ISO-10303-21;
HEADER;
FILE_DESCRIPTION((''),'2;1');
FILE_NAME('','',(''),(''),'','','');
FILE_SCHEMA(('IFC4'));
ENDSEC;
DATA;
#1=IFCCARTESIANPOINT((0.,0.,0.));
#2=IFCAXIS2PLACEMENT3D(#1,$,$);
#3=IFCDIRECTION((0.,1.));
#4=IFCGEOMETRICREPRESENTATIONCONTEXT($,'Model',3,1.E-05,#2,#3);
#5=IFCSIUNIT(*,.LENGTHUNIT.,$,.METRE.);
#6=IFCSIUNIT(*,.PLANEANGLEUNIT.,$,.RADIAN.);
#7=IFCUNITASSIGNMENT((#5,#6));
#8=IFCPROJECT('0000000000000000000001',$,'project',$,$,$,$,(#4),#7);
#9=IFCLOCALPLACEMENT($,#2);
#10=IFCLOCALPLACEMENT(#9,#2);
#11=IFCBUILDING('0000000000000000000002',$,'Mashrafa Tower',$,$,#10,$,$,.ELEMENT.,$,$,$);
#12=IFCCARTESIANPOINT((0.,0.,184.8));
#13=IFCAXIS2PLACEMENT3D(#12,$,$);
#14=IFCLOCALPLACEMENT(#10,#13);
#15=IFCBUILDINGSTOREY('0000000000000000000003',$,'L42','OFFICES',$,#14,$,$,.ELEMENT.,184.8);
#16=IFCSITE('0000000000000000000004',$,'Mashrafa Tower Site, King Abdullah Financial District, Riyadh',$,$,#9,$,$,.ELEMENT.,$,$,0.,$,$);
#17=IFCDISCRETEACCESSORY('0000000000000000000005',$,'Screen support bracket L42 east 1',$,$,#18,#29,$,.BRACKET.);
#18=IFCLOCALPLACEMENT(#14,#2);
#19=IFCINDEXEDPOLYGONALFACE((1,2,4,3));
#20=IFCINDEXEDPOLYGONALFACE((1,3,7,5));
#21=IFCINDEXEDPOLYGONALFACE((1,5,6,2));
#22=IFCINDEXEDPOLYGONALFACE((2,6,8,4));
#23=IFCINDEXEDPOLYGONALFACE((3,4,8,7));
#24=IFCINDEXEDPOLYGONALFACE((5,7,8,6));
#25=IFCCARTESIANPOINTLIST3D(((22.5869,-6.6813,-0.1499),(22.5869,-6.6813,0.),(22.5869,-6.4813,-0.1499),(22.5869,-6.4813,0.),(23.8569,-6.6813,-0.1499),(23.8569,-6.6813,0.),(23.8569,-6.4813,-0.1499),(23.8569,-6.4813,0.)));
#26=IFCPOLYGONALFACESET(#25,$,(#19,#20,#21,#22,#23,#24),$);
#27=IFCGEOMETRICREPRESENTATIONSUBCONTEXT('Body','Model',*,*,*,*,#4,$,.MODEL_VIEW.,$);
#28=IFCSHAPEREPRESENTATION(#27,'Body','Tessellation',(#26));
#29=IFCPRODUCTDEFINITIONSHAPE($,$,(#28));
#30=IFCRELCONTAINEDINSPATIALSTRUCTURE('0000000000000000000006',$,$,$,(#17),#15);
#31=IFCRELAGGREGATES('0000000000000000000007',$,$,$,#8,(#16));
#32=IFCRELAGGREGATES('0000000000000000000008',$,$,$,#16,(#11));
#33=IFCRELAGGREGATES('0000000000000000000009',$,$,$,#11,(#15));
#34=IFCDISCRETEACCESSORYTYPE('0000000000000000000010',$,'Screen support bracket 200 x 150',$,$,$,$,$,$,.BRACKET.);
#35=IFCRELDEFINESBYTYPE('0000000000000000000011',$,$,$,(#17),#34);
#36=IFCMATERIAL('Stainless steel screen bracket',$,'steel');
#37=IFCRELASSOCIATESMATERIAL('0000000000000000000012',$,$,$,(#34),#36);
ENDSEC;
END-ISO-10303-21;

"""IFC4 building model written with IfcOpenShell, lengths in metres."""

from ifc_helpers import new_model, si_unit, direction, frame, origin, origin_2d, place, context, subcontext, project, spatial, rectangle, extrude, source, transform, mapped, material, type_object, type_shapes, element, save


model = new_model("IFC4")

# Units and contexts
model_context = context("Model", 3, precision=1e-05, world=origin(), true_north=direction((0.0, 1.0)))
body_context = subcontext(model_context, "Body", "Model", "MODEL_VIEW")
ifc_project = project(units=[si_unit("LENGTHUNIT", "METRE"), si_unit("PLANEANGLEUNIT", "RADIAN")], contexts=[model_context])

# Site, building, storey
site_placement = place(None, origin())
site = spatial("IfcSite", under=ifc_project, at=site_placement, Name="Mashrafa Tower Site, King Abdullah Financial District, Riyadh", CompositionType="ELEMENT", RefElevation=0.0)
building_placement = place(site_placement, origin())
building = spatial("IfcBuilding", under=site, at=building_placement, Name="Mashrafa Tower", CompositionType="ELEMENT")
storey_placement = place(building_placement, frame((0.0, 0.0, 184.8)))
storey = spatial("IfcBuildingStorey", under=building, at=storey_placement, Name="L42", Description="OFFICES", CompositionType="ELEMENT", Elevation=184.8)

# Discrete accessory
ifc_material_1 = material(Name="Stainless steel screen bracket", Category="steel")
discrete_accessory_type = type_object("IfcDiscreteAccessoryType", Name="Screen support bracket 200 x 150", PredefinedType="BRACKET", material=ifc_material_1)
shared_shape_1 = source(origin(), body_context, "Body", "SweptSolid", [
    extrude(rectangle(XDim=0.2, YDim=1.27, at=origin_2d()), origin(), (0.0, 0.0, 1.0), 0.1499),
])
type_shapes(discrete_accessory_type, [shared_shape_1])
discrete_accessory_placement = place(storey_placement, frame((23.2219, -6.5813, -0.1499), z_axis=(0.0, 0.0, 1.0), x_axis=(0.0, 1.0, 0.0)))
element("IfcDiscreteAccessory", 1, at=discrete_accessory_placement, inside=storey, type_object=discrete_accessory_type, Name="Screen support bracket L42 east 1", PredefinedType="BRACKET", context=body_context, shape_type="MappedRepresentation", body=[
    mapped(shared_shape_1, transform((0.0, 0.0, 0.0))),
])

save(model, "model.ifc")
